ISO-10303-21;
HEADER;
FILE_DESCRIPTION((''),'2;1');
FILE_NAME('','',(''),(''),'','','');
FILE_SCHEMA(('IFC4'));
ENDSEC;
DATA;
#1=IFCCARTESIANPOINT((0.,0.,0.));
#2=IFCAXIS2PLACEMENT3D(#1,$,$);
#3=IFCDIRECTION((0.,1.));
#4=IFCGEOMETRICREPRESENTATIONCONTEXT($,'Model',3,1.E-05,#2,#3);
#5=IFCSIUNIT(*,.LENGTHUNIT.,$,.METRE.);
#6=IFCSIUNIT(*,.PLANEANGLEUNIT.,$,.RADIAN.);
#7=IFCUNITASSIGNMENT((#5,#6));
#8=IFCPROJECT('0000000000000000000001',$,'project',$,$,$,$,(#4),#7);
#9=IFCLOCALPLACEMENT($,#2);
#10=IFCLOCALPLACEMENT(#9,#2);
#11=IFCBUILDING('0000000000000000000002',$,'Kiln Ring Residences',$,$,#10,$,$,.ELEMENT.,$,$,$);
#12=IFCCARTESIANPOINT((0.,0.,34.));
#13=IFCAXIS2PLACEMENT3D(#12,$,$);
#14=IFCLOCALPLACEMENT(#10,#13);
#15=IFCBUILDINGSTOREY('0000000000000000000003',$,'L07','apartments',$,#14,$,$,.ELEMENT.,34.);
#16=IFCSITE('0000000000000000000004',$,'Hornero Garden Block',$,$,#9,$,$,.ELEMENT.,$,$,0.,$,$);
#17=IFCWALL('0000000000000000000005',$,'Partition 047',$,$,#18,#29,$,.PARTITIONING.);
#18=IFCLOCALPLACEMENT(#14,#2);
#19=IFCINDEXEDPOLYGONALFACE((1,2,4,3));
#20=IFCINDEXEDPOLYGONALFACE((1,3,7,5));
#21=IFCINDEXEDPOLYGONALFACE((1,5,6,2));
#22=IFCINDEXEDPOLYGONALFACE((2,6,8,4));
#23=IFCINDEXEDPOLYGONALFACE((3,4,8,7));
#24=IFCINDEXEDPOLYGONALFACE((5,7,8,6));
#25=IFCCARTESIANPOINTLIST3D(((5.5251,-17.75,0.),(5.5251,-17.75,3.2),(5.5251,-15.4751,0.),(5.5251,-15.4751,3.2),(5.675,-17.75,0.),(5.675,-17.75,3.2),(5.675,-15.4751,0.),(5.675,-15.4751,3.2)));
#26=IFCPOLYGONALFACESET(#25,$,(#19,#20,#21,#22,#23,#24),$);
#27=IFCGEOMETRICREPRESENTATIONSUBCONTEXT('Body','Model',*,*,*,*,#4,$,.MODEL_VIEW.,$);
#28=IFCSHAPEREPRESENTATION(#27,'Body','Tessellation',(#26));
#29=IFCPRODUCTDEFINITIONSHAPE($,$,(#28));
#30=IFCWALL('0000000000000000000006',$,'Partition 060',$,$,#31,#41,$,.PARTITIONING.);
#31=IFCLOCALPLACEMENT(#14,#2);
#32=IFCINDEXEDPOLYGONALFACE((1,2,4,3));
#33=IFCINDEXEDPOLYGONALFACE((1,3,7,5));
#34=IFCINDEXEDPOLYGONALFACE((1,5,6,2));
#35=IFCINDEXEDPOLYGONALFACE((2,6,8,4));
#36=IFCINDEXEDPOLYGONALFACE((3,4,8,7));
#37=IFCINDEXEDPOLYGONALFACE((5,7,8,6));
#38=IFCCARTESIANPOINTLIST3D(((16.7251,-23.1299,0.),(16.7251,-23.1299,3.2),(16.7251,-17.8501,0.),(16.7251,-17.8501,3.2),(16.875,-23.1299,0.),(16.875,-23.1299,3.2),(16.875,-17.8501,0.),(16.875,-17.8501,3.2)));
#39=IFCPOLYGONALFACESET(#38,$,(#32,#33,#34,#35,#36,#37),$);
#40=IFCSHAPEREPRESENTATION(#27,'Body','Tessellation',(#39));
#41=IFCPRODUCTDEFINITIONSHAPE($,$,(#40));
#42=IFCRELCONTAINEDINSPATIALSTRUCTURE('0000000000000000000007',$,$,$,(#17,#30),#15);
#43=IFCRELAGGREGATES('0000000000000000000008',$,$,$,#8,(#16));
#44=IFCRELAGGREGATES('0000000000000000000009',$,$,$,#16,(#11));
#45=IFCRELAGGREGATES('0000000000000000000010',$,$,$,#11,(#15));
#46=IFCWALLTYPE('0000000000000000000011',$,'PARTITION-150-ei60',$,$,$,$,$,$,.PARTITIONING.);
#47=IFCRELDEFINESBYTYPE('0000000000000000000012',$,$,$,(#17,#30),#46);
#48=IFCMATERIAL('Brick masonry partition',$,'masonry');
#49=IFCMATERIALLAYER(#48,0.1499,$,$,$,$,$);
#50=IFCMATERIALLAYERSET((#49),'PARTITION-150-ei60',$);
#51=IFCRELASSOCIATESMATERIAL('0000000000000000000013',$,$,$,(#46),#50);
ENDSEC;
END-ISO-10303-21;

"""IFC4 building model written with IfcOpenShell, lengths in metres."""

from ifc_helpers import new_model, si_unit, direction, frame, frame_2d, origin, place, context, subcontext, project, spatial, rectangle, extrude, material, layer, layer_set, type_object, element, save


model = new_model("IFC4")

# Units and contexts
model_context = context("Model", 3, precision=1e-05, world=origin(), true_north=direction((0.0, 1.0)))
body_context = subcontext(model_context, "Body", "Model", "MODEL_VIEW")
ifc_project = project(units=[si_unit("LENGTHUNIT", "METRE"), si_unit("PLANEANGLEUNIT", "RADIAN")], contexts=[model_context])

# Site, building, storey
site_placement = place(None, origin())
site = spatial("IfcSite", under=ifc_project, at=site_placement, Name="Hornero Garden Block", CompositionType="ELEMENT", RefElevation=0.0)
building_placement = place(site_placement, origin())
building = spatial("IfcBuilding", under=site, at=building_placement, Name="Kiln Ring Residences", CompositionType="ELEMENT")
storey_placement = place(building_placement, frame((0.0, 0.0, 34.0)))
storey = spatial("IfcBuildingStorey", under=building, at=storey_placement, Name="L07", Description="apartments", CompositionType="ELEMENT", Elevation=34.0)

# Walls
ifc_material_1 = material(Name="Brick masonry partition", Category="masonry")
ifc_layer_1 = layer(ifc_material_1, 0.1499)
ifc_layer_set_1 = layer_set([ifc_layer_1], Name="PARTITION-150-ei60")
wall_type_1 = type_object("IfcWallType", Name="PARTITION-150-ei60", PredefinedType="PARTITIONING", material=ifc_layer_set_1)
wall_1_placement = place(storey_placement, frame((5.6001, -17.75, 0.0), z_axis=(0.0, 0.0, 1.0), x_axis=(0.0, 1.0, 0.0)))
element("IfcWall", 1, at=wall_1_placement, inside=storey, type_object=wall_type_1, Name="Partition 047", PredefinedType="PARTITIONING", context=body_context, shape_type="SweptSolid", body=[
    extrude(rectangle(XDim=2.2749, YDim=0.1499, at=frame_2d((1.1375, 0.0))), origin(), (0.0, 0.0, 1.0), 3.2),
])
wall_2_placement = place(storey_placement, frame((16.8, -23.1299, 0.0), z_axis=(0.0, 0.0, 1.0), x_axis=(0.0, 1.0, 0.0)))
element("IfcWall", 2, at=wall_2_placement, inside=storey, type_object=wall_type_1, Name="Partition 060", PredefinedType="PARTITIONING", context=body_context, shape_type="SweptSolid", body=[
    extrude(rectangle(XDim=5.2798, YDim=0.1499, at=frame_2d((2.6399, 0.0))), origin(), (0.0, 0.0, 1.0), 3.2),
])

save(model, "model.ifc")
